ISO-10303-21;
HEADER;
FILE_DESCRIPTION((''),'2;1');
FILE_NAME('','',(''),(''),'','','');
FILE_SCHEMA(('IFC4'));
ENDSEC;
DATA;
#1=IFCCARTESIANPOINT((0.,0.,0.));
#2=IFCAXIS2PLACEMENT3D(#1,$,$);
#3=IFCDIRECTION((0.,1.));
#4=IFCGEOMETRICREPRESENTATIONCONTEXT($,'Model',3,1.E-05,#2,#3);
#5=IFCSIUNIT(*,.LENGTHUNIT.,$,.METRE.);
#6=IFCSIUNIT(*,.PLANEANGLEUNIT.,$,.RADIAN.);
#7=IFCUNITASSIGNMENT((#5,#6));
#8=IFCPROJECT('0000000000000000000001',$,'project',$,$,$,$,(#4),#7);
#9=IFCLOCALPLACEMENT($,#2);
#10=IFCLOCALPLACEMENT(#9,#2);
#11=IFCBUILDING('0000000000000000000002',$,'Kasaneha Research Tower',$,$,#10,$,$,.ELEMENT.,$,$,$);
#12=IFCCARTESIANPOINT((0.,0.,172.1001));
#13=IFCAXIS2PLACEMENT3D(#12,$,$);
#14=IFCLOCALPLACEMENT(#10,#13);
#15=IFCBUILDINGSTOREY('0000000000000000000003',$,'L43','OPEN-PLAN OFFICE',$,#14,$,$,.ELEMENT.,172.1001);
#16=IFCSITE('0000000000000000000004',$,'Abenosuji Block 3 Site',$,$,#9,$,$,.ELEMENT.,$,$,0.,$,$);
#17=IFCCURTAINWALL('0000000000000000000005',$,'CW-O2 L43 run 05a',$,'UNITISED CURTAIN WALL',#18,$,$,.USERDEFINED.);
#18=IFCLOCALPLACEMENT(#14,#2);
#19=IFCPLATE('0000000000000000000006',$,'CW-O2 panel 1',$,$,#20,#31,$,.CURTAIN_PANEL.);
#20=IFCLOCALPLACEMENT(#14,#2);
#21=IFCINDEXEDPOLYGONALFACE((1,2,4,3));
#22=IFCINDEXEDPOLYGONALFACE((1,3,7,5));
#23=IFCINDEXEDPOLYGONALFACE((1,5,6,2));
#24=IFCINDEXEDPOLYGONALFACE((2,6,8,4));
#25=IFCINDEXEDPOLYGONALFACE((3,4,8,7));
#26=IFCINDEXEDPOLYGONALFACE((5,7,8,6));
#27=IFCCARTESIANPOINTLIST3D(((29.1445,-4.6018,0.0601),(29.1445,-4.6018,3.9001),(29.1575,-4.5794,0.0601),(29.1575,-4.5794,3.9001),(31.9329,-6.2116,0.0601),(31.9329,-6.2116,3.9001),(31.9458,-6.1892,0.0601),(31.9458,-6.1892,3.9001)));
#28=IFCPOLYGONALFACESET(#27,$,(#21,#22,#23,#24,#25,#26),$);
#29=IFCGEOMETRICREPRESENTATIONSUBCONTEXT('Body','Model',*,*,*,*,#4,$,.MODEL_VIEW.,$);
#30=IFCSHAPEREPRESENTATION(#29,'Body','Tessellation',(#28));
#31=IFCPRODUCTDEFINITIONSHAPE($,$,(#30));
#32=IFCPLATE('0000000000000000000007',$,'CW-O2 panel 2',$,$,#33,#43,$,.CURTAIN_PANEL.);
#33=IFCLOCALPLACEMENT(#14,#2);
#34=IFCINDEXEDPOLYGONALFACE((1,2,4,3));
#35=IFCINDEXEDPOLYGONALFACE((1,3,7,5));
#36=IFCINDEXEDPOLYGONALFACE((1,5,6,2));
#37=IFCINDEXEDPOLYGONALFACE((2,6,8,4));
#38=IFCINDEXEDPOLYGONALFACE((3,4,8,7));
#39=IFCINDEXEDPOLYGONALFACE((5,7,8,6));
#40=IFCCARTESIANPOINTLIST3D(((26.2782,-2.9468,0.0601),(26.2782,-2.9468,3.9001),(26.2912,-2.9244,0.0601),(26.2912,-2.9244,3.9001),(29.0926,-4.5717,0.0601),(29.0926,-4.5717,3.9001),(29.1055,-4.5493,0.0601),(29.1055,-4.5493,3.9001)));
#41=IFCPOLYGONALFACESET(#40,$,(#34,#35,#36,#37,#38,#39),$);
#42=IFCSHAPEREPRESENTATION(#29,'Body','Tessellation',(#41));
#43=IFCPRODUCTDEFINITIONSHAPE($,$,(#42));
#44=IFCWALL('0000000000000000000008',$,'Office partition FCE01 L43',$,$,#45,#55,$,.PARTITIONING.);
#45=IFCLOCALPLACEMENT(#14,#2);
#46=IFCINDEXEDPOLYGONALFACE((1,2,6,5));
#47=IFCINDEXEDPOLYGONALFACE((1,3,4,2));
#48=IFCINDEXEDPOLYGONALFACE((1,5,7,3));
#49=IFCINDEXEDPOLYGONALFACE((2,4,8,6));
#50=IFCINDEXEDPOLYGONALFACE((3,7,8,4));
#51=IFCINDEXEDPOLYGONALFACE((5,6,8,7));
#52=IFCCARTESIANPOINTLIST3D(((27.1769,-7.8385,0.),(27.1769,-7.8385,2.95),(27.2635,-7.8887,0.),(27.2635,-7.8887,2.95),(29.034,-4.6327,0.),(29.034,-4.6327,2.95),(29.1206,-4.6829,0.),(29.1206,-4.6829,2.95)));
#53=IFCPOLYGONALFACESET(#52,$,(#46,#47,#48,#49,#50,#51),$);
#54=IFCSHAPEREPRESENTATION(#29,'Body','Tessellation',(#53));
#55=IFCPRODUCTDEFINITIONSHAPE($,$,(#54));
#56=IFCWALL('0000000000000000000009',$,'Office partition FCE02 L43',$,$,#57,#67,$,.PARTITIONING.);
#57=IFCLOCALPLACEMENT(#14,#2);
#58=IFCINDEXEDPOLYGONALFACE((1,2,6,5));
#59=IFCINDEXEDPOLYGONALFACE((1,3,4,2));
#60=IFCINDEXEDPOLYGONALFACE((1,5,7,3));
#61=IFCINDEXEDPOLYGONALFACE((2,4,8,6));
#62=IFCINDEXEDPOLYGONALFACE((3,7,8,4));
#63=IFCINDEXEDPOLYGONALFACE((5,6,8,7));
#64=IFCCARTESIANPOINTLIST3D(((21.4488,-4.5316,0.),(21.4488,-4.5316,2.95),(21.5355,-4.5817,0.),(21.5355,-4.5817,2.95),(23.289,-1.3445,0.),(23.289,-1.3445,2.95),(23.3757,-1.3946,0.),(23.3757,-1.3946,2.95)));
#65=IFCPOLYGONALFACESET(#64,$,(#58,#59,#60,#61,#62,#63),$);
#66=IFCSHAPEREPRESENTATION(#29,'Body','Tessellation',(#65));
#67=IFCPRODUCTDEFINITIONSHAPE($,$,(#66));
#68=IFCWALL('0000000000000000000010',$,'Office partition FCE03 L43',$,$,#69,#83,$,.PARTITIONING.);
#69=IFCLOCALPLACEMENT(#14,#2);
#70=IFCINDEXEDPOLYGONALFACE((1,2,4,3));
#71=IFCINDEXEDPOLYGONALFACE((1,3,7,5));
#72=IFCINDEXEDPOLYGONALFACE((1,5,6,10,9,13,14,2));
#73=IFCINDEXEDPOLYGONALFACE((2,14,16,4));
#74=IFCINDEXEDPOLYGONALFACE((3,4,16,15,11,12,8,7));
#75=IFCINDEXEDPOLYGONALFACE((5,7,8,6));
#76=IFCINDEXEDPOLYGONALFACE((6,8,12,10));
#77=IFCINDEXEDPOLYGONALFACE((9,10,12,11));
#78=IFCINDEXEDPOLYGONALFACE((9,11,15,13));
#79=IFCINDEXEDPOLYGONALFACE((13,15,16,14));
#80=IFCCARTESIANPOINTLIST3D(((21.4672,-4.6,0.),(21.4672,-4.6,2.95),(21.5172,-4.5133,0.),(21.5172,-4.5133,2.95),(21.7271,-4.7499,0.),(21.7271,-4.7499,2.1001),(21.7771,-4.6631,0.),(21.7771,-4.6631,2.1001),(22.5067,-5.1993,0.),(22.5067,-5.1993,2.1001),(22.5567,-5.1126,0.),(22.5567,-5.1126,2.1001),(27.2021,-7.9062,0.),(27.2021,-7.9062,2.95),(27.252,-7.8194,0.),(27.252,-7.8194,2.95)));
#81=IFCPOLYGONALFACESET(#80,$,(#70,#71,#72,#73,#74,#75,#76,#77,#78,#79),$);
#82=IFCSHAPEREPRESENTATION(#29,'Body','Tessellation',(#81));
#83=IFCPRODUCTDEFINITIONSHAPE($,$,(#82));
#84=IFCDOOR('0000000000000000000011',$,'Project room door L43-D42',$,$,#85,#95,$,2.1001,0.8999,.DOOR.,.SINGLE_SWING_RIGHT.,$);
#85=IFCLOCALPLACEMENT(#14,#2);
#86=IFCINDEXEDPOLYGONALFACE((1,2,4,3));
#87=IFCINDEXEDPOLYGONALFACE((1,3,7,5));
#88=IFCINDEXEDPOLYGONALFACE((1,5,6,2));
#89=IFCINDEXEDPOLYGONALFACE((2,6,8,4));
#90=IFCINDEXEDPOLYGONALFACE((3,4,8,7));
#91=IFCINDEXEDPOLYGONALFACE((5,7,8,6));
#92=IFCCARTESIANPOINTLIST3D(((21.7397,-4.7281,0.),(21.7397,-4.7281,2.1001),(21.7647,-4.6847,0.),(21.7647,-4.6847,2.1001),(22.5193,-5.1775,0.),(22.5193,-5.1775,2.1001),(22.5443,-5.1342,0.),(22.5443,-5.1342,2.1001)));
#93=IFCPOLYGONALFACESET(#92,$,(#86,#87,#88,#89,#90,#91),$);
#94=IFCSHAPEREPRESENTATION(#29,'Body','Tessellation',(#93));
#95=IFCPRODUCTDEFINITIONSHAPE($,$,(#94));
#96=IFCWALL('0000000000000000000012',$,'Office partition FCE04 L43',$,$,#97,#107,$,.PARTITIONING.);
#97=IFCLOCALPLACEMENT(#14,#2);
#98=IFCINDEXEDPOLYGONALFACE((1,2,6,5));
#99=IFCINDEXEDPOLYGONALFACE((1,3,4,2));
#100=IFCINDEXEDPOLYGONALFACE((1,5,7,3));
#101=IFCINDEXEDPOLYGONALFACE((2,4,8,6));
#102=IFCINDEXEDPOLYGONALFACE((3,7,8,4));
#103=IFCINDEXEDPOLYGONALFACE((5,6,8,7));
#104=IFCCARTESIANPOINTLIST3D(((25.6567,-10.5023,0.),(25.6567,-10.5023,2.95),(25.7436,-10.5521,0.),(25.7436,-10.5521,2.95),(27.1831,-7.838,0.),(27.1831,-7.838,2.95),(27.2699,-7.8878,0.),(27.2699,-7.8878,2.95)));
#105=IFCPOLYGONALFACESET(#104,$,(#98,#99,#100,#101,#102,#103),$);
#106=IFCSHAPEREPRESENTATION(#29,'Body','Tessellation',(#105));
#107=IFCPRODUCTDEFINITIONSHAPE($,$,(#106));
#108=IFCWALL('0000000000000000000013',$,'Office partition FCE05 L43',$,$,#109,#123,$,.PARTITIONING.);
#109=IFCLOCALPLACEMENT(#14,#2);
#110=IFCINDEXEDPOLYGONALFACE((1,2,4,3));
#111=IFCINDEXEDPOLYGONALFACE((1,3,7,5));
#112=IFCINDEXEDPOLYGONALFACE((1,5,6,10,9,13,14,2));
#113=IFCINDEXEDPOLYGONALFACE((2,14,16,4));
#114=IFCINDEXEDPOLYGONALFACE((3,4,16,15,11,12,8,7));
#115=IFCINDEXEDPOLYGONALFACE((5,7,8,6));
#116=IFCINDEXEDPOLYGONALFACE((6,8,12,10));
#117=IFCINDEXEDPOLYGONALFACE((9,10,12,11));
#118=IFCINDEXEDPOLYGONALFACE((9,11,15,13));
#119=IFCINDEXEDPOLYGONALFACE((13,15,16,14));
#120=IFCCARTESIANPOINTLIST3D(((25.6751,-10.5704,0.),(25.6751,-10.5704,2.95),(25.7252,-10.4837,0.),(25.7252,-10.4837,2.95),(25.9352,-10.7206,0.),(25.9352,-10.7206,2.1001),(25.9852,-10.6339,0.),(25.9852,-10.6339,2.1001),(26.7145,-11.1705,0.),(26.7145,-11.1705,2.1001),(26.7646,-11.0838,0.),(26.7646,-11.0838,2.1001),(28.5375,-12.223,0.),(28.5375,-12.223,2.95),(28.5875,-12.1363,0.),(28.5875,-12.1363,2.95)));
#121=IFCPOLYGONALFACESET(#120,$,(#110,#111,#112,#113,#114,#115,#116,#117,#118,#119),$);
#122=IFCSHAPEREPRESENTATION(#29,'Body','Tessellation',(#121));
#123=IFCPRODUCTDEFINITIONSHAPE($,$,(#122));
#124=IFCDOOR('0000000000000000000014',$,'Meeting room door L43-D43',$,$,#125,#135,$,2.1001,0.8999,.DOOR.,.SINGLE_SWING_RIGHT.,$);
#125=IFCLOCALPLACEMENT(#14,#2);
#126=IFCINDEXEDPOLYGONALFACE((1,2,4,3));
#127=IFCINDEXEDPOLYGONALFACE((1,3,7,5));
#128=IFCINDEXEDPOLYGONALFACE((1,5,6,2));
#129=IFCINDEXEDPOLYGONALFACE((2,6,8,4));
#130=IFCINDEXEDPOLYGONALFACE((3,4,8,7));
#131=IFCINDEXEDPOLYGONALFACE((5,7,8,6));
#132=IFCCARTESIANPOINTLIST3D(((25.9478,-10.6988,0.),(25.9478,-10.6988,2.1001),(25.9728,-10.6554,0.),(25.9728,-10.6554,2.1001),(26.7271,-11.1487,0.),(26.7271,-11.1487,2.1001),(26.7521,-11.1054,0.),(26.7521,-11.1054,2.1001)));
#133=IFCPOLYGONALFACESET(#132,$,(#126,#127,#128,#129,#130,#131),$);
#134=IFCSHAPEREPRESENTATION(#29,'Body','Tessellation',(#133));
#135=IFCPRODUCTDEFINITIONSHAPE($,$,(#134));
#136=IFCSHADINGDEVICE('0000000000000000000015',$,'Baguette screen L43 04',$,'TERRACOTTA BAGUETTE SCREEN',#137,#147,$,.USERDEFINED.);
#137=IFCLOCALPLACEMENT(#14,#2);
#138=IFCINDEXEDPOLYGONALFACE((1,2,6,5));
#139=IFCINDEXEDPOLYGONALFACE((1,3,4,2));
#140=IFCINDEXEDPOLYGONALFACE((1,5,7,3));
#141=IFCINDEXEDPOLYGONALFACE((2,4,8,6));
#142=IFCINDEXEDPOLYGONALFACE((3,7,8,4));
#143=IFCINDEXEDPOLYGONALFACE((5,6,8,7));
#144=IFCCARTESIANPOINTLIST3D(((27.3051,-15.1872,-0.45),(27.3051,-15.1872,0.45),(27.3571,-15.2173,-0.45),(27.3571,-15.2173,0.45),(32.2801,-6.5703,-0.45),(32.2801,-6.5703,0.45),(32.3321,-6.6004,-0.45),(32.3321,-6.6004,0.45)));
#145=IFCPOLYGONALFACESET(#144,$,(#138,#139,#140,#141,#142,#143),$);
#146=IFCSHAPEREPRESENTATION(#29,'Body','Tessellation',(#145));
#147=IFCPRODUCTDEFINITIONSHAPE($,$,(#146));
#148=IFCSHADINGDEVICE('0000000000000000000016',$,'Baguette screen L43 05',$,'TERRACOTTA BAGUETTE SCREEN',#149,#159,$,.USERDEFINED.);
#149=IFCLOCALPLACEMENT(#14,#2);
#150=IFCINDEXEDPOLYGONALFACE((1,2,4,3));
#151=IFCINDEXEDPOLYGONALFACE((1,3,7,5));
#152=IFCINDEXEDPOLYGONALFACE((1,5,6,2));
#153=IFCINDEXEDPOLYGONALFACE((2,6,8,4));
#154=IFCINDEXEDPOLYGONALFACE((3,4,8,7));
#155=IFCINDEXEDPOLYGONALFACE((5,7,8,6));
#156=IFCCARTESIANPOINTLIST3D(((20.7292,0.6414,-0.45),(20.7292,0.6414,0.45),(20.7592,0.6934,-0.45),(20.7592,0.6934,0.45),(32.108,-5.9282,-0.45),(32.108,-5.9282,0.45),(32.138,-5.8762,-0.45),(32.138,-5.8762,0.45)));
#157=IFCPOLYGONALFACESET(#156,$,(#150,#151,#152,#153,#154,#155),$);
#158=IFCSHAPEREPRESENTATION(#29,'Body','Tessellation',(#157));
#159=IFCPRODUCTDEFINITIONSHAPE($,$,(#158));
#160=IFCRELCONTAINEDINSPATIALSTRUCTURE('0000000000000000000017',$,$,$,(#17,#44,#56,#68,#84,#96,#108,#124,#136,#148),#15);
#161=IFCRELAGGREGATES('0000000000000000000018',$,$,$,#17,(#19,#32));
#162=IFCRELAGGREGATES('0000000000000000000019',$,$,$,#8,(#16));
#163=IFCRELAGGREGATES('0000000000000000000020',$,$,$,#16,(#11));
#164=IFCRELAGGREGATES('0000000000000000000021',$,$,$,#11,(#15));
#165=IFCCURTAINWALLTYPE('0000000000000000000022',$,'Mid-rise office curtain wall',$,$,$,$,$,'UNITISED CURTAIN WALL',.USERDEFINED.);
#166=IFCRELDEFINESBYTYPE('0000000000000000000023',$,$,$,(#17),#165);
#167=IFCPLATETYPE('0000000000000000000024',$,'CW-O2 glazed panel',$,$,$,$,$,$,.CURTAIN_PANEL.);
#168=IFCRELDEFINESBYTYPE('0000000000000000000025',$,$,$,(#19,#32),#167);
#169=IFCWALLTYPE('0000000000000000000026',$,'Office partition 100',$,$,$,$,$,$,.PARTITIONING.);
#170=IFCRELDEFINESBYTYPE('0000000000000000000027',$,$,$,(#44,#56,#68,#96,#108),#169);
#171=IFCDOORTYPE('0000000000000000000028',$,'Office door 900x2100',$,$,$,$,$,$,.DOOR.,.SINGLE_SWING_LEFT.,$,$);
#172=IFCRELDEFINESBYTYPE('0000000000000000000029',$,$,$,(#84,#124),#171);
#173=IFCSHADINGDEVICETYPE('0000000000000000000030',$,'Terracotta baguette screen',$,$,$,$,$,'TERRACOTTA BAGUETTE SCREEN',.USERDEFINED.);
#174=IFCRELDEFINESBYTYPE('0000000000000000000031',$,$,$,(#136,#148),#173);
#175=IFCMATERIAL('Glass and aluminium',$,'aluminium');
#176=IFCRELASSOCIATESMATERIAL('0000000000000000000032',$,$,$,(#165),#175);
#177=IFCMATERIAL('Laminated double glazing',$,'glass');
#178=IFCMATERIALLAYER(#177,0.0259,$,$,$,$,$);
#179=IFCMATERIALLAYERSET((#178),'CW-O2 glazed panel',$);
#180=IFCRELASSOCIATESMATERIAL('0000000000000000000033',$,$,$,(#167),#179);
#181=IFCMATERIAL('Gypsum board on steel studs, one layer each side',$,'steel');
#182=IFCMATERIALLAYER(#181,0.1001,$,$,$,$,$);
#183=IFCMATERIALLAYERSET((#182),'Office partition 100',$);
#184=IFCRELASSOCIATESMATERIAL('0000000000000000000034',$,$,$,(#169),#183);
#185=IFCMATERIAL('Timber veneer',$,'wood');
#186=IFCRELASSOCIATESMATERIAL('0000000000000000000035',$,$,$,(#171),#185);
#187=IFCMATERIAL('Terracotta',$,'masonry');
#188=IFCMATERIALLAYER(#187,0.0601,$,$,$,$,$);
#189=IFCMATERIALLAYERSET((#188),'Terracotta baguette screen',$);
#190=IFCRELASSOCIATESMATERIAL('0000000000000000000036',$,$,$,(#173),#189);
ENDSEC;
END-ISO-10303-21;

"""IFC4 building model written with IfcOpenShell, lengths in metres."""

from ifc_helpers import new_model, si_unit, direction, frame, frame_2d, origin, origin_2d, place, context, subcontext, project, spatial, rectangle, extrude, material, layer, layer_set, type_object, element, fill, aggregate, save


model = new_model("IFC4")

# Units and contexts
model_context = context("Model", 3, precision=1e-05, world=origin(), true_north=direction((0.0, 1.0)))
body_context = subcontext(model_context, "Body", "Model", "MODEL_VIEW")
ifc_project = project(units=[si_unit("LENGTHUNIT", "METRE"), si_unit("PLANEANGLEUNIT", "RADIAN")], contexts=[model_context])

# Site, building, storey
site_placement = place(None, origin())
site = spatial("IfcSite", under=ifc_project, at=site_placement, Name="Abenosuji Block 3 Site", CompositionType="ELEMENT", RefElevation=0.0)
building_placement = place(site_placement, origin())
building = spatial("IfcBuilding", under=site, at=building_placement, Name="Kasaneha Research Tower", CompositionType="ELEMENT")
storey_placement = place(building_placement, frame((0.0, 0.0, 172.1001)))
storey = spatial("IfcBuildingStorey", under=building, at=storey_placement, Name="L43", Description="OPEN-PLAN OFFICE", CompositionType="ELEMENT", Elevation=172.1001)

# Curtain wall
ifc_material_1 = material(Name="Glass and aluminium", Category="aluminium")
curtain_wall_type = type_object("IfcCurtainWallType", Name="Mid-rise office curtain wall", ElementType="UNITISED CURTAIN WALL", PredefinedType="USERDEFINED", material=ifc_material_1)
curtain_wall_1_placement = place(storey_placement, origin())
curtain_wall_1 = element("IfcCurtainWall", 1, at=curtain_wall_1_placement, inside=storey, type_object=curtain_wall_type, Name="CW-O2 L43 run 05a", ObjectType="UNITISED CURTAIN WALL", PredefinedType="USERDEFINED")

# Plates
ifc_material_2 = material(Name="Laminated double glazing", Category="glass")
ifc_layer_1 = layer(ifc_material_2, 0.0259)
ifc_layer_set_1 = layer_set([ifc_layer_1], Name="CW-O2 glazed panel")
plate_type = type_object("IfcPlateType", Name="CW-O2 glazed panel", PredefinedType="CURTAIN_PANEL", material=ifc_layer_set_1)
plate_1_placement = place(storey_placement, frame((30.5452, -5.3955, 0.0601), z_axis=(0.0, 0.0, 1.0), x_axis=(-0.866025, 0.5, 0.0)))
plate_1 = element("IfcPlate", 2, at=plate_1_placement, type_object=plate_type, Name="CW-O2 panel 1", PredefinedType="CURTAIN_PANEL", context=body_context, shape_type="SweptSolid", body=[
    extrude(rectangle(XDim=3.2197, YDim=0.0259, at=origin_2d()), origin(), (0.0, 0.0, 1.0), 3.8401),
])
plate_2_placement = place(storey_placement, frame((27.6919, -3.748, 0.0601), z_axis=(0.0, 0.0, 1.0), x_axis=(-0.866025, 0.5, 0.0)))
plate_2 = element("IfcPlate", 3, at=plate_2_placement, type_object=plate_type, Name="CW-O2 panel 2", PredefinedType="CURTAIN_PANEL", context=body_context, shape_type="SweptSolid", body=[
    extrude(rectangle(XDim=3.2498, YDim=0.0259, at=origin_2d()), origin(), (0.0, 0.0, 1.0), 3.8401),
])
aggregate(curtain_wall_1, [plate_1, plate_2])

# Walls
ifc_material_3 = material(Name="Gypsum board on steel studs, one layer each side", Category="steel")
ifc_layer_2 = layer(ifc_material_3, 0.1001)
ifc_layer_set_2 = layer_set([ifc_layer_2], Name="Office partition 100")
wall_type = type_object("IfcWallType", Name="Office partition 100", PredefinedType="PARTITIONING", material=ifc_layer_set_2)
wall_1_placement = place(storey_placement, frame((29.0774, -4.6577, 0.0), z_axis=(0.0, 0.0, 1.0), x_axis=(-0.501275, -0.865288, 0.0)))
element("IfcWall", 4, at=wall_1_placement, inside=storey, type_object=wall_type, Name="Office partition FCE01 L43", PredefinedType="PARTITIONING", context=body_context, shape_type="SweptSolid", body=[
    extrude(rectangle(XDim=3.7048, YDim=0.1001, at=frame_2d((1.8525, 0.0))), origin(), (0.0, 0.0, 1.0), 2.95),
])
wall_2_placement = place(storey_placement, frame((21.4922, -4.5566, 0.0), z_axis=(0.0, 0.0, 1.0), x_axis=(0.500013, 0.866018, 0.0)))
element("IfcWall", 5, at=wall_2_placement, inside=storey, type_object=wall_type, Name="Office partition FCE02 L43", PredefinedType="PARTITIONING", context=body_context, shape_type="SweptSolid", body=[
    extrude(rectangle(XDim=3.6802, YDim=0.1001, at=frame_2d((1.8401, 0.0))), origin(), (0.0, 0.0, 1.0), 2.95),
])

# Wall, opening, door
wall_3_placement = place(storey_placement, frame((27.2271, -7.8628, 0.0), z_axis=(0.0, 0.0, 1.0), x_axis=(-0.866344, 0.499448, 0.0)))
wall_3 = element("IfcWall", 6, at=wall_3_placement, inside=storey, type_object=wall_type, Name="Office partition FCE03 L43", PredefinedType="PARTITIONING", context=body_context, shape_type="SweptSolid", body=[
    extrude(rectangle(XDim=6.6196, YDim=0.1001, at=frame_2d((3.3098, 0.0))), origin(), (0.0, 0.0, 1.0), 2.95),
])
opening_1_placement = place(wall_3_placement, frame((5.4197, 0.0, 0.0)))
opening_1 = element("IfcOpeningElement", 7, at=opening_1_placement, cuts=wall_3, PredefinedType="OPENING", context=body_context, shape_type="SweptSolid", body=[
    extrude(rectangle(XDim=0.8999, YDim=2.1001, at=frame_2d((0.45, 1.05))), frame((0.0, 0.0601, 0.0), z_axis=(0.0, -1.0, 0.0), x_axis=(1.0, 0.0, 0.0)), (0.0, 0.0, 1.0), 0.1201),
])
ifc_material_4 = material(Name="Timber veneer", Category="wood")
door_type = type_object("IfcDoorType", Name="Office door 900x2100", OperationType="SINGLE_SWING_LEFT", PredefinedType="DOOR", material=ifc_material_4)
door_1_placement = place(opening_1_placement, origin())
door_1 = element("IfcDoor", 8, at=door_1_placement, inside=storey, type_object=door_type, Name="Project room door L43-D42", OperationType="SINGLE_SWING_RIGHT", OverallHeight=2.1001, OverallWidth=0.8999, PredefinedType="DOOR", context=body_context, shape_type="SweptSolid", body=[
    extrude(rectangle(XDim=0.8999, YDim=2.1001, at=frame_2d((0.45, 1.05))), frame((0.0, 0.0249, 0.0), z_axis=(0.0, -1.0, 0.0), x_axis=(1.0, 0.0, 0.0)), (0.0, 0.0, 1.0), 0.05),
])
fill(opening_1, door_1)

# Wall
wall_4_placement = place(storey_placement, frame((25.7002, -10.5271, 0.0), z_axis=(0.0, 0.0, 1.0), x_axis=(0.497098, 0.867695, 0.0)))
element("IfcWall", 9, at=wall_4_placement, inside=storey, type_object=wall_type, Name="Office partition FCE04 L43", PredefinedType="PARTITIONING", context=body_context, shape_type="SweptSolid", body=[
    extrude(rectangle(XDim=3.0706, YDim=0.1001, at=frame_2d((1.5352, 0.0))), origin(), (0.0, 0.0, 1.0), 2.95),
])

# Wall, opening, door
wall_5_placement = place(storey_placement, frame((28.5625, -12.1797, 0.0), z_axis=(0.0, 0.0, 1.0), x_axis=(-0.866021, 0.500008, 0.0)))
wall_5 = element("IfcWall", 10, at=wall_5_placement, inside=storey, type_object=wall_type, Name="Office partition FCE05 L43", PredefinedType="PARTITIONING", context=body_context, shape_type="SweptSolid", body=[
    extrude(rectangle(XDim=3.3052, YDim=0.1001, at=frame_2d((1.6526, 0.0))), origin(), (0.0, 0.0, 1.0), 2.95),
])
opening_2_placement = place(wall_5_placement, frame((2.105, 0.0, 0.0)))
opening_2 = element("IfcOpeningElement", 11, at=opening_2_placement, cuts=wall_5, PredefinedType="OPENING", context=body_context, shape_type="SweptSolid", body=[
    extrude(rectangle(XDim=0.8999, YDim=2.1001, at=frame_2d((0.45, 1.05))), frame((0.0, 0.0601, 0.0), z_axis=(0.0, -1.0, 0.0), x_axis=(1.0, 0.0, 0.0)), (0.0, 0.0, 1.0), 0.1201),
])
door_2_placement = place(opening_2_placement, origin())
door_2 = element("IfcDoor", 12, at=door_2_placement, inside=storey, type_object=door_type, Name="Meeting room door L43-D43", OperationType="SINGLE_SWING_RIGHT", OverallHeight=2.1001, OverallWidth=0.8999, PredefinedType="DOOR", context=body_context, shape_type="SweptSolid", body=[
    extrude(rectangle(XDim=0.8999, YDim=2.1001, at=frame_2d((0.45, 1.05))), frame((0.0, 0.0249, 0.0), z_axis=(0.0, -1.0, 0.0), x_axis=(1.0, 0.0, 0.0)), (0.0, 0.0, 1.0), 0.05),
])
fill(opening_2, door_2)

# Shading devices
ifc_material_5 = material(Name="Terracotta", Category="masonry")
ifc_layer_3 = layer(ifc_material_5, 0.0601)
ifc_layer_set_3 = layer_set([ifc_layer_3], Name="Terracotta baguette screen")
shading_device_type = type_object("IfcShadingDeviceType", Name="Terracotta baguette screen", ElementType="TERRACOTTA BAGUETTE SCREEN", PredefinedType="USERDEFINED", material=ifc_layer_set_3)
shading_device_1_placement = place(storey_placement, frame((29.8186, -10.8938, -0.45), z_axis=(0.0, 0.0, 1.0), x_axis=(0.5, 0.866025, 0.0)))
element("IfcShadingDevice", 13, at=shading_device_1_placement, inside=storey, type_object=shading_device_type, Name="Baguette screen L43 04", ObjectType="TERRACOTTA BAGUETTE SCREEN", PredefinedType="USERDEFINED", context=body_context, shape_type="SweptSolid", body=[
    extrude(rectangle(XDim=9.95, YDim=0.0601, at=origin_2d()), origin(), (0.0, 0.0, 1.0), 0.8999),
])
shading_device_2_placement = place(storey_placement, frame((26.4336, -2.6174, -0.45), z_axis=(0.0, 0.0, 1.0), x_axis=(-0.866025, 0.5, 0.0)))
element("IfcShadingDevice", 14, at=shading_device_2_placement, inside=storey, type_object=shading_device_type, Name="Baguette screen L43 05", ObjectType="TERRACOTTA BAGUETTE SCREEN", PredefinedType="USERDEFINED", context=body_context, shape_type="SweptSolid", body=[
    extrude(rectangle(XDim=13.1392, YDim=0.0601, at=origin_2d()), origin(), (0.0, 0.0, 1.0), 0.8999),
])

save(model, "model.ifc")
